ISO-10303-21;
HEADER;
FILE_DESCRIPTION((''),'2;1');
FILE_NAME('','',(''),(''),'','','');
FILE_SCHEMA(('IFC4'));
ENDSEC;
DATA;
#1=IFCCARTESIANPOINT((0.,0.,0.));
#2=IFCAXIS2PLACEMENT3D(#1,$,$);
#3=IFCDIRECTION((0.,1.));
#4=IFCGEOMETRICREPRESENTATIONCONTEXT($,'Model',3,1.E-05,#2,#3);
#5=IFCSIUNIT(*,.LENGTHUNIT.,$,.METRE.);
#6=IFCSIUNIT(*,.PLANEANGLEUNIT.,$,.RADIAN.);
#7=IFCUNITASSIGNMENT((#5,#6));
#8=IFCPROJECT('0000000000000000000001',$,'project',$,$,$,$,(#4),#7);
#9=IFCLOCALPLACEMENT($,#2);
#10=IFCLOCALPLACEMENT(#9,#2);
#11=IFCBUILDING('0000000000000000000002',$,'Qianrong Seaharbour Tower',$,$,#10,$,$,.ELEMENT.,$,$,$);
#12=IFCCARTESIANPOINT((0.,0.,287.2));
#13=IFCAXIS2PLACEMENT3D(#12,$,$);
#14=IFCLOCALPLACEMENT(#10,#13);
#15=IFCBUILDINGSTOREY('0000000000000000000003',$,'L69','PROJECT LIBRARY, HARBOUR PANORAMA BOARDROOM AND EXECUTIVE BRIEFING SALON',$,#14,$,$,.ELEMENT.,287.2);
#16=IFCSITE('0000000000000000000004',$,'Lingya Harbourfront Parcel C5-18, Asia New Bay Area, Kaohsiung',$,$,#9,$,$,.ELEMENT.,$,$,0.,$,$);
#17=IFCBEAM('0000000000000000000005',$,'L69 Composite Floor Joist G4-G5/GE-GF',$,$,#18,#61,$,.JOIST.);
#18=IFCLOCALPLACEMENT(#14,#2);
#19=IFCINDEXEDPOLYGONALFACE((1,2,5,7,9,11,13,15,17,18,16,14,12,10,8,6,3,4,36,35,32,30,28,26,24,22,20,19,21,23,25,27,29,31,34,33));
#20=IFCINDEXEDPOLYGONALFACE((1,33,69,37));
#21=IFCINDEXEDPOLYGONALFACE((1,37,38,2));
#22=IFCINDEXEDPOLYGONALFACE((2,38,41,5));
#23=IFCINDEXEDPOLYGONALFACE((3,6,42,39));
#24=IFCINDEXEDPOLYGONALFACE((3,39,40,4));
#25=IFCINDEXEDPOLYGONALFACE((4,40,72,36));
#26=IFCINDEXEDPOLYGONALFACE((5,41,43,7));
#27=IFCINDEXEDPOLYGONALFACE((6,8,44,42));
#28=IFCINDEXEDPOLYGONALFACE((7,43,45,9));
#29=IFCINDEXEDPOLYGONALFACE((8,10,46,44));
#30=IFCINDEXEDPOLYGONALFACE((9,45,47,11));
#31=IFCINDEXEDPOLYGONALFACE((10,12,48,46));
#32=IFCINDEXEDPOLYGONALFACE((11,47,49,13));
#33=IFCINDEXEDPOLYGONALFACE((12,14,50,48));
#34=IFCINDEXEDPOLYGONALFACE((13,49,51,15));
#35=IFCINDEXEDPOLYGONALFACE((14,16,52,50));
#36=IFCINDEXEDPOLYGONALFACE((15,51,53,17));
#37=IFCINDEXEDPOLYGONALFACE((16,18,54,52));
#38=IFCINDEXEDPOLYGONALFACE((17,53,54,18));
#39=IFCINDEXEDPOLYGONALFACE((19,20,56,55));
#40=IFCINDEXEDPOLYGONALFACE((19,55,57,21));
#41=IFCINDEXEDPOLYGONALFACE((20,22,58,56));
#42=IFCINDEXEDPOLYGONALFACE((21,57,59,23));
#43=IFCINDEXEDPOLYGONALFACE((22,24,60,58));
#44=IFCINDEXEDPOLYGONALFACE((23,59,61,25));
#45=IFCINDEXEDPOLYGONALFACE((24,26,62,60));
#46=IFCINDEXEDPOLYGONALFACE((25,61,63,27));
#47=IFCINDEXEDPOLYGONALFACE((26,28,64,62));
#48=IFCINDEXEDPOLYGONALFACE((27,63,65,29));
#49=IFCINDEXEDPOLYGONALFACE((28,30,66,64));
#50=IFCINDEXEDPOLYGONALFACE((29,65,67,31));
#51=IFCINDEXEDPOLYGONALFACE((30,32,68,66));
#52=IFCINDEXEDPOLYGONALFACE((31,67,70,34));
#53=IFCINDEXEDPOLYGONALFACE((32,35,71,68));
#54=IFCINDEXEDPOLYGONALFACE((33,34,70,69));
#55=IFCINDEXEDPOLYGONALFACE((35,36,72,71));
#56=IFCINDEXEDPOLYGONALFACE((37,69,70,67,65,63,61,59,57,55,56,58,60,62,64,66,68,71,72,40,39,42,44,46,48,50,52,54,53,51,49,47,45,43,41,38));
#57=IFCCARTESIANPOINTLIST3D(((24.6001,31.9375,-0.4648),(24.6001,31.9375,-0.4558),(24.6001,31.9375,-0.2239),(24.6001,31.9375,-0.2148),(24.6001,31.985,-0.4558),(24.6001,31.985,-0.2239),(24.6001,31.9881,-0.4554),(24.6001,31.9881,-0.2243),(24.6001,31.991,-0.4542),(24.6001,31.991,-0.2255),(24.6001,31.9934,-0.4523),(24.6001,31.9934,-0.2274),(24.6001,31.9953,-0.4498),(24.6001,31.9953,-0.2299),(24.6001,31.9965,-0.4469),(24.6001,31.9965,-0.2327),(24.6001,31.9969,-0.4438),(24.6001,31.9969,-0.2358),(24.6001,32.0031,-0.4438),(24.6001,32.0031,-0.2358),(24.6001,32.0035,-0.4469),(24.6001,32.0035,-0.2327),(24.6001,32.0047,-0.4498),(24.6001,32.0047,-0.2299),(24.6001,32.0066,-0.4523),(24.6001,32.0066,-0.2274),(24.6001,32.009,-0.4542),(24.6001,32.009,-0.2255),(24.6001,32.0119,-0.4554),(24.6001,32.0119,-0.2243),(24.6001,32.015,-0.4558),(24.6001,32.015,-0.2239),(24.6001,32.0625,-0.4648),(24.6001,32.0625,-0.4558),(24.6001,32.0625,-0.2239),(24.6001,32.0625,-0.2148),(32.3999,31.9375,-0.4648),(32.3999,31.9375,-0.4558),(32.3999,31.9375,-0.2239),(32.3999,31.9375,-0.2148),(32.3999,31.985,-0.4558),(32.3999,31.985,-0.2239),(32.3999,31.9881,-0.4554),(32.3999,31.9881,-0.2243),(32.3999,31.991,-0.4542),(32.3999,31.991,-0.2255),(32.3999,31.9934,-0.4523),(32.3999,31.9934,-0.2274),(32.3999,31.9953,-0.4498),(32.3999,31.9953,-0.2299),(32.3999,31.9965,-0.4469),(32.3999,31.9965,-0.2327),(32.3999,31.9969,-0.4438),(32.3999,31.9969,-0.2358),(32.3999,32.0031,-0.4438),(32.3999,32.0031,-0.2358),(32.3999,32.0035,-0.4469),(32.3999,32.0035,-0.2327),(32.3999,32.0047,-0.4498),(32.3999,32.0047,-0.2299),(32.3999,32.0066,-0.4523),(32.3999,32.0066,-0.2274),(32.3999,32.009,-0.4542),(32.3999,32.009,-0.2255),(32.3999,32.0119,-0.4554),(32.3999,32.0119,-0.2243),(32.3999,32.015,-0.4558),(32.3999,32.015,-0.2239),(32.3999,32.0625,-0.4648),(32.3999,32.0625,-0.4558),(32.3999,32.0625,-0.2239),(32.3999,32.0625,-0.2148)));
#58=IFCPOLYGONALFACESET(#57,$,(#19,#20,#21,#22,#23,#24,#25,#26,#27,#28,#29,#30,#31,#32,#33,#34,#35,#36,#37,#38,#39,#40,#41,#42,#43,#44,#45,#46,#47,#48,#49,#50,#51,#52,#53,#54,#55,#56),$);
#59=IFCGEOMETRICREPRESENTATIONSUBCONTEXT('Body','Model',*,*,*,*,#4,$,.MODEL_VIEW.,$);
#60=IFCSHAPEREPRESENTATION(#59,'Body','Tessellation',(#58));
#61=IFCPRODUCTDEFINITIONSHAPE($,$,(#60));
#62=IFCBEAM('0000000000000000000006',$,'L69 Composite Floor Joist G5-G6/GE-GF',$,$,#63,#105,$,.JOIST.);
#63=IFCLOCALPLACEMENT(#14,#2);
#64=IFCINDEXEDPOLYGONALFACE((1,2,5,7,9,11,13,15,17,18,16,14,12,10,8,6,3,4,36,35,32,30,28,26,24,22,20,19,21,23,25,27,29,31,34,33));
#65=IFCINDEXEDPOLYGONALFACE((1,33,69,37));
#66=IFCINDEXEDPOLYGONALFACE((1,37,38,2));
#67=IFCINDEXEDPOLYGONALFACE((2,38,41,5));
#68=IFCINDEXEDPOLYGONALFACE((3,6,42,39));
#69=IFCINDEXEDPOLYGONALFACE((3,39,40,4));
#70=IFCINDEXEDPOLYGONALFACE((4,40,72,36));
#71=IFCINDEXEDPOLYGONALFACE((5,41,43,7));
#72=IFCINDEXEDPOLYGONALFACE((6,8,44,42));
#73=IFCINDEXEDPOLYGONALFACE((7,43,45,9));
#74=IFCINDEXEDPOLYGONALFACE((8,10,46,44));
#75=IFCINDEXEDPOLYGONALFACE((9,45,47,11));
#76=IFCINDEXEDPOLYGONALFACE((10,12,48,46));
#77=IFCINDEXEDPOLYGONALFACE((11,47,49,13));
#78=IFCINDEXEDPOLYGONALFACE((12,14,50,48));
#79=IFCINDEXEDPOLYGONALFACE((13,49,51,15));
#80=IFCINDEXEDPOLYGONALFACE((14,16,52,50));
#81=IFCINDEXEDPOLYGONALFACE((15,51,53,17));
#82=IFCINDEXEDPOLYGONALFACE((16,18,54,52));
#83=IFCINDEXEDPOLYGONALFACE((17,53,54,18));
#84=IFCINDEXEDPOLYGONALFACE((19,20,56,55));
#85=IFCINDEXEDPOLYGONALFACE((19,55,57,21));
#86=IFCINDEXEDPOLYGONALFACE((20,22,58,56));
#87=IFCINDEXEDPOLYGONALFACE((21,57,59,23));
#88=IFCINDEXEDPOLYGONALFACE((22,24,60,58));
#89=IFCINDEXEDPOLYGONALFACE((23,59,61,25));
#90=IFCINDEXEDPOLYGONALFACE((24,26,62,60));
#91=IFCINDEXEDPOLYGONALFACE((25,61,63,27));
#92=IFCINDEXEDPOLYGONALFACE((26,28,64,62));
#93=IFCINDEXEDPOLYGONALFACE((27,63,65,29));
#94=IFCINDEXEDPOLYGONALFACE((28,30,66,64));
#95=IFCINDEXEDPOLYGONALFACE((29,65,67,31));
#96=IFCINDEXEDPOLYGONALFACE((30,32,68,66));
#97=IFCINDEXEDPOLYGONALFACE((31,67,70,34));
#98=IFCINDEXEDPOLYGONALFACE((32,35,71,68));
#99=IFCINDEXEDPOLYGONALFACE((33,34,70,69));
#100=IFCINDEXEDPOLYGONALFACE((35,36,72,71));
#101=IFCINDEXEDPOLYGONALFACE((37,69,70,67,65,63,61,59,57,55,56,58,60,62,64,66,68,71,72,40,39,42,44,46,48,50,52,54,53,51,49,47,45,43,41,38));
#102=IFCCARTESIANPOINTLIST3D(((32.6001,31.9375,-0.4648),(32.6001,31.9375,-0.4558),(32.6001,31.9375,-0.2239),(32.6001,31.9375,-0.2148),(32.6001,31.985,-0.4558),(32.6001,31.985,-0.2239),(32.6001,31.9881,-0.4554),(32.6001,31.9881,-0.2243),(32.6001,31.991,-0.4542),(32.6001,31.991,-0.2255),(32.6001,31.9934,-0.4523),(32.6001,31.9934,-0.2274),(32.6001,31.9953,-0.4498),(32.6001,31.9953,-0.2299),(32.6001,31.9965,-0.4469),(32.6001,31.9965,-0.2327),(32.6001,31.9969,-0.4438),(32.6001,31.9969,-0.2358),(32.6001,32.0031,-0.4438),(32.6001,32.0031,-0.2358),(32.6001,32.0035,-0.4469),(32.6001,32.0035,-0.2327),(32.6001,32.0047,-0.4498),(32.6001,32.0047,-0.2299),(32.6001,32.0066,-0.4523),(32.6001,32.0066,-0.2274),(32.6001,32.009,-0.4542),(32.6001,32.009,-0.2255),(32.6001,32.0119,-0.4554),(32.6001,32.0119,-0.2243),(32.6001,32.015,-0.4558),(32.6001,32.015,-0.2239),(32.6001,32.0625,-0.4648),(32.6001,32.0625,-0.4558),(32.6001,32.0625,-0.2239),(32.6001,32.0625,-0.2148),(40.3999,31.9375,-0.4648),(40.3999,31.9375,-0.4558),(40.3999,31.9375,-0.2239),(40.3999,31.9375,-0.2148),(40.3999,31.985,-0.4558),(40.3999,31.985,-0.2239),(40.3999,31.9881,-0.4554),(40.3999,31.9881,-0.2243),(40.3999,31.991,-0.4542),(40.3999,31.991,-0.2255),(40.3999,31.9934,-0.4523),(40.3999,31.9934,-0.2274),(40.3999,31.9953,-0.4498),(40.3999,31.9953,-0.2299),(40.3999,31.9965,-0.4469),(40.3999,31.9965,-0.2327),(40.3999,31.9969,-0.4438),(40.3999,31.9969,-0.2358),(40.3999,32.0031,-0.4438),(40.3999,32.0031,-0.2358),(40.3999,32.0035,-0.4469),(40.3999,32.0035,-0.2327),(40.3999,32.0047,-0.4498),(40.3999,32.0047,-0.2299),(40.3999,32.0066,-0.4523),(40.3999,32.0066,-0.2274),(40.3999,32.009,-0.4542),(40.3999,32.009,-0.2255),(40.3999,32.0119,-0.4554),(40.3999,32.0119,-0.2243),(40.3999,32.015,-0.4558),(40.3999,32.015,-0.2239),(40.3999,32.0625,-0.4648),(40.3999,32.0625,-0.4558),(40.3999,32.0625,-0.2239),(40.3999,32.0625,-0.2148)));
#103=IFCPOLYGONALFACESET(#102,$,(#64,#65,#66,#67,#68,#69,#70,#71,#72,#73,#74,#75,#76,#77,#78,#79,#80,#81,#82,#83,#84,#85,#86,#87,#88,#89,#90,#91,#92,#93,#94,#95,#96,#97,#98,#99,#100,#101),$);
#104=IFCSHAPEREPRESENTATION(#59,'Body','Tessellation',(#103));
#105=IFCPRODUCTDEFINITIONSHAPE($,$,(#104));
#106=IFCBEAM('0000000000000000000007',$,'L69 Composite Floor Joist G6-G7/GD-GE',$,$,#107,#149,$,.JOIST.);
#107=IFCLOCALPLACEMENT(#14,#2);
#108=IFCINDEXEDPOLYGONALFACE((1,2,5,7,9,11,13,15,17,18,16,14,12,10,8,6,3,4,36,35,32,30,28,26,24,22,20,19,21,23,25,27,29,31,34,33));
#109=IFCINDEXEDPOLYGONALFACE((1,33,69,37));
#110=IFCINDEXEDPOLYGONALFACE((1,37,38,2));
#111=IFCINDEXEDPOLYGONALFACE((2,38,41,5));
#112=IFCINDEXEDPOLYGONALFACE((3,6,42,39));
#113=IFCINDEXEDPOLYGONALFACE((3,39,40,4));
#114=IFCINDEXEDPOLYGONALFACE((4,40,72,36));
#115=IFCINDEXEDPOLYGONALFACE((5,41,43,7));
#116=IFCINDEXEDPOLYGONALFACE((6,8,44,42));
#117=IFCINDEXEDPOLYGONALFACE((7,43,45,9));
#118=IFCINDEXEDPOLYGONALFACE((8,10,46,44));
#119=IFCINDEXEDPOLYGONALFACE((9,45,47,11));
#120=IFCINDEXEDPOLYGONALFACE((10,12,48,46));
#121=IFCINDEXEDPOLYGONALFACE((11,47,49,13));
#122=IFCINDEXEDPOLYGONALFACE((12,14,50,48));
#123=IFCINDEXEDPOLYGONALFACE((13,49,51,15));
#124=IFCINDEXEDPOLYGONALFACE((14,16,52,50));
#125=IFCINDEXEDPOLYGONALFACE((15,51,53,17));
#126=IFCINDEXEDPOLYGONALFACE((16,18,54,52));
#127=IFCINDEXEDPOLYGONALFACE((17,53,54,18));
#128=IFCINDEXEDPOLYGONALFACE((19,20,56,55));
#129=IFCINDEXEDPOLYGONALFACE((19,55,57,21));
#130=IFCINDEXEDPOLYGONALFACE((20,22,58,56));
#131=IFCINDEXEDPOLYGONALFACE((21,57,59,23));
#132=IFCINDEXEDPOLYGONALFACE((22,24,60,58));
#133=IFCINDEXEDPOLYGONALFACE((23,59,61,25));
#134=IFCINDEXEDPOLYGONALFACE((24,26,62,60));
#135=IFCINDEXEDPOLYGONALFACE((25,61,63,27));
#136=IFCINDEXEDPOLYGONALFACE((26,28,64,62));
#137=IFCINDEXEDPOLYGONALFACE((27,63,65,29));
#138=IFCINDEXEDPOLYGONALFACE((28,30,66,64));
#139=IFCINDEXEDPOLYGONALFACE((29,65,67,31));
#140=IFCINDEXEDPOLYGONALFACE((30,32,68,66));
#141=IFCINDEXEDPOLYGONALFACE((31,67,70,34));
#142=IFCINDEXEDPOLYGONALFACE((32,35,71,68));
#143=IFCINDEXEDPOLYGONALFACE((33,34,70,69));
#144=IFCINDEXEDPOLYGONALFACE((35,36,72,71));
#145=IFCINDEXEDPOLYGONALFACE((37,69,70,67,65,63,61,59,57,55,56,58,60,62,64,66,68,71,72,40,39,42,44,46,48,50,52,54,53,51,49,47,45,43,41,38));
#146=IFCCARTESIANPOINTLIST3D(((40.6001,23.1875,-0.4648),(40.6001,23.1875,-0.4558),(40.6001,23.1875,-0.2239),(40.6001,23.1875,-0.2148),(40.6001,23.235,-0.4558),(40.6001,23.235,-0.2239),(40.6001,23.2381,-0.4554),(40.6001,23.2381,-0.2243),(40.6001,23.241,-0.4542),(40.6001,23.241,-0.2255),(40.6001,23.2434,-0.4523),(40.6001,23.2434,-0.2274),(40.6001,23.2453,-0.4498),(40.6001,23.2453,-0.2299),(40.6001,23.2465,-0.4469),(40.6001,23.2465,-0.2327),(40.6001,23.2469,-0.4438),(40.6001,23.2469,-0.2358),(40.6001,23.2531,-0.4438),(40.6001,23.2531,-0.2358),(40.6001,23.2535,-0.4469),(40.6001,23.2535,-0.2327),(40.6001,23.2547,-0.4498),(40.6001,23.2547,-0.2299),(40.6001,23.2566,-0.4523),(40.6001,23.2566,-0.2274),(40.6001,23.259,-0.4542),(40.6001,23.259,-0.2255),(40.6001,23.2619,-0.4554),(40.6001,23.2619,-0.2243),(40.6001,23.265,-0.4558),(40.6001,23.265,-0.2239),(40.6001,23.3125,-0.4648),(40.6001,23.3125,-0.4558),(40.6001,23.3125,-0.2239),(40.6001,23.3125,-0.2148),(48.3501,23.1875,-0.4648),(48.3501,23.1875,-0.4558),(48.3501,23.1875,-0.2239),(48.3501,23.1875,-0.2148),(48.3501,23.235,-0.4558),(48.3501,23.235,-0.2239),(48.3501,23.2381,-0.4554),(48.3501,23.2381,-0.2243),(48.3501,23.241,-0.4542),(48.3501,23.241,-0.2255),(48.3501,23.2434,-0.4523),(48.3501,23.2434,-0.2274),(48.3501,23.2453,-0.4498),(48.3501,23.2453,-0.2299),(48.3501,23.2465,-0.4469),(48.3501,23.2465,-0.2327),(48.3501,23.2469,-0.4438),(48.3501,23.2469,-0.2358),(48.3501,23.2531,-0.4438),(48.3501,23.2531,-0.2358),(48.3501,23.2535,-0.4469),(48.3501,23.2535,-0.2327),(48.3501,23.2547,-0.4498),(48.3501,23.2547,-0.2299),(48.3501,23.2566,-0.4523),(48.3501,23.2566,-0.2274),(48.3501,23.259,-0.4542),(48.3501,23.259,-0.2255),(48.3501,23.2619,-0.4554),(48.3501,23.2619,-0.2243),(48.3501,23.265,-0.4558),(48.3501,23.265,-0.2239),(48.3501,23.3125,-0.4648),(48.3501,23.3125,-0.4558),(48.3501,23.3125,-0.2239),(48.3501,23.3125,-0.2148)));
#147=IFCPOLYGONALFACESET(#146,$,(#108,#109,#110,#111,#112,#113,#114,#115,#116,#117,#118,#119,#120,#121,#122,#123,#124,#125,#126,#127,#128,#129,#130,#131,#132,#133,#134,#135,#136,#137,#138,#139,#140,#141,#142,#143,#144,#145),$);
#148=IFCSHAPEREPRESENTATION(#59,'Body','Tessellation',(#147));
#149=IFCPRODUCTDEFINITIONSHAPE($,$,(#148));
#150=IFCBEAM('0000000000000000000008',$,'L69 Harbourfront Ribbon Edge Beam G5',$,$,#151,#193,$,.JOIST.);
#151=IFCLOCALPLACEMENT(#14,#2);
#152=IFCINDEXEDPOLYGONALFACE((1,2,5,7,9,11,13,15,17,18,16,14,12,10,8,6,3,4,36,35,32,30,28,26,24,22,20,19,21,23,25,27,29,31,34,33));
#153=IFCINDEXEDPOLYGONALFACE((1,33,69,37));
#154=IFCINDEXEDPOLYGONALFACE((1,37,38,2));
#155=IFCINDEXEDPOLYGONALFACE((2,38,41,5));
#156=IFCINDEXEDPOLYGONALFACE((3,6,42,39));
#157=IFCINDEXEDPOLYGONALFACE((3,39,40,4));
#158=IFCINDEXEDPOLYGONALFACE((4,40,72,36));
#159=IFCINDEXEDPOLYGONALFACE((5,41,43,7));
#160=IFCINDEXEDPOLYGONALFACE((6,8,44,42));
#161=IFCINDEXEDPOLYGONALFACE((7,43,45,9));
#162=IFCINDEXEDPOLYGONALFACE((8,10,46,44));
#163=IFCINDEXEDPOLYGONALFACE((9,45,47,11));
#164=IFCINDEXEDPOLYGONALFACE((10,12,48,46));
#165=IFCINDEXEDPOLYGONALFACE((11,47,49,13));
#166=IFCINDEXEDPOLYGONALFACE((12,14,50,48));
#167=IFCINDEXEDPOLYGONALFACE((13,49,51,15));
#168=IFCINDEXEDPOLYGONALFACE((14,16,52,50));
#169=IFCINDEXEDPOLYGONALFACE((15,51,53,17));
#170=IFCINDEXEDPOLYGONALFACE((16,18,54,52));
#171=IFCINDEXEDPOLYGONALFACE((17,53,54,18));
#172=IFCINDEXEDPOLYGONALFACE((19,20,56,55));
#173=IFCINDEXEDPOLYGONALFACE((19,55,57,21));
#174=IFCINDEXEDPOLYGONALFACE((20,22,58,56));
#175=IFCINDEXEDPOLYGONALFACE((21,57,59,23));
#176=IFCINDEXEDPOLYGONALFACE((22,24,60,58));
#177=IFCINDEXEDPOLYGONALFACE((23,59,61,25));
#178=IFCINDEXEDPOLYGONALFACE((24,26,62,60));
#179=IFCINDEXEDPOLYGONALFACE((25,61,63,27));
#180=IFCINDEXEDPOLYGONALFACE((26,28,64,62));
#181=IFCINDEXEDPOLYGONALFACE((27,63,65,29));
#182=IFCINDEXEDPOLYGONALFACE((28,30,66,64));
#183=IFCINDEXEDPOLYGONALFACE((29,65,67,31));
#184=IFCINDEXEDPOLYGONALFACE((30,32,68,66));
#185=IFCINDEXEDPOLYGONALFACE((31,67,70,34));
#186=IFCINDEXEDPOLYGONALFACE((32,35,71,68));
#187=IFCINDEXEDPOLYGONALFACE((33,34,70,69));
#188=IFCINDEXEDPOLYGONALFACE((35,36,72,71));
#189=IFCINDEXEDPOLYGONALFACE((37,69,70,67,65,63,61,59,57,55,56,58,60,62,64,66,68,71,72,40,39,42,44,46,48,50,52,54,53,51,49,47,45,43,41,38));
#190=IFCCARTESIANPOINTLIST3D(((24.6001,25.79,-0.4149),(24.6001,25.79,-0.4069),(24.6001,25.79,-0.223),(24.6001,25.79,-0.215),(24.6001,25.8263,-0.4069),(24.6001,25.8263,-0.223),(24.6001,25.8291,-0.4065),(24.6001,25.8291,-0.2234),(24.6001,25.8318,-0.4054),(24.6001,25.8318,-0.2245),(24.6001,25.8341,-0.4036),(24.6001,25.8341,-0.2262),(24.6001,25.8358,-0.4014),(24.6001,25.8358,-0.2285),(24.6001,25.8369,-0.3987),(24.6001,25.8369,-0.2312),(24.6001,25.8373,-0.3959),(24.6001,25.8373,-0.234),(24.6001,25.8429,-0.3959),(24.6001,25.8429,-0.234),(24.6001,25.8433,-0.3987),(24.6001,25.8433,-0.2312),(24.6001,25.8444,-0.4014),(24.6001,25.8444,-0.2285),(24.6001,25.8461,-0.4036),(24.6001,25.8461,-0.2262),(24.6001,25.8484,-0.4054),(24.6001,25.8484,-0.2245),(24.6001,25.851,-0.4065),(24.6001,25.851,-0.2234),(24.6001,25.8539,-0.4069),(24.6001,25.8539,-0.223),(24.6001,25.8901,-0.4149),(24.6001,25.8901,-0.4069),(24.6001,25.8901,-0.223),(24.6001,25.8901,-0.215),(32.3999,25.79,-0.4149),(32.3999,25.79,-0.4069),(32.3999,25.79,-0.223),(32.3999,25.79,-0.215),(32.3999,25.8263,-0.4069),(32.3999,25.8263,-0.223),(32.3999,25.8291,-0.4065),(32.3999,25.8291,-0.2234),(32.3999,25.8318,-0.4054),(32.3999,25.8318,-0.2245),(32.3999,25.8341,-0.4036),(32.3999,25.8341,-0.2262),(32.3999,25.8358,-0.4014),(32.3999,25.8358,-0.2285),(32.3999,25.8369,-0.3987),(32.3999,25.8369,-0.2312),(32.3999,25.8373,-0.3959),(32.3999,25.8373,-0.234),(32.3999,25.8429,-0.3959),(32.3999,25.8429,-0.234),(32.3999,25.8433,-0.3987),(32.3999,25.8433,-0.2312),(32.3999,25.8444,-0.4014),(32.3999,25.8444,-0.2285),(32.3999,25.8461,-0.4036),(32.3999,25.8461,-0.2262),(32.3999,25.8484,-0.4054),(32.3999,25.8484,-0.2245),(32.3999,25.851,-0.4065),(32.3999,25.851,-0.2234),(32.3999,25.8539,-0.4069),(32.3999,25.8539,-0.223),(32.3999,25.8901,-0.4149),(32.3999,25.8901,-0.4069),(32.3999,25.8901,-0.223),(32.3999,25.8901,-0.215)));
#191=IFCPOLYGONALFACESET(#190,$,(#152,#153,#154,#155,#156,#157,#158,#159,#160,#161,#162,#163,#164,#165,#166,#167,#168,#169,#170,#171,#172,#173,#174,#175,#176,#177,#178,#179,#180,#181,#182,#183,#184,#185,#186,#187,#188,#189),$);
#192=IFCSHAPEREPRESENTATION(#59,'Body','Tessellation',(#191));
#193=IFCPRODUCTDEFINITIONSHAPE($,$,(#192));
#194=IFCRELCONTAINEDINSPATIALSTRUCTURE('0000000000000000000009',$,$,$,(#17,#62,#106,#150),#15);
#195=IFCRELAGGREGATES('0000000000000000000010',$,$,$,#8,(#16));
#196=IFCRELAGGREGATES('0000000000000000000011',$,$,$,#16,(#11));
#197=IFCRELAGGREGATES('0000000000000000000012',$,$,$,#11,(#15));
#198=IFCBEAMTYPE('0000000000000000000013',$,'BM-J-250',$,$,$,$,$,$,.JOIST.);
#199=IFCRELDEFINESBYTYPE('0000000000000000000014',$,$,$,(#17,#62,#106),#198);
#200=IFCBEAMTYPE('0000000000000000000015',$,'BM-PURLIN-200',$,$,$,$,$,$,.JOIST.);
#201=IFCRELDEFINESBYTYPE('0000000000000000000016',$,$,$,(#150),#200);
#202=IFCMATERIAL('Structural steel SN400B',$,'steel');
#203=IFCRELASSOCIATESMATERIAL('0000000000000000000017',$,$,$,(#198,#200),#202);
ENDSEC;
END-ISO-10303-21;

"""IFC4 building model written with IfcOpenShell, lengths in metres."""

from ifc_helpers import new_model, si_unit, direction, frame, origin, origin_2d, place, context, subcontext, project, spatial, i_section, extrude, material, material_profile, profile_set, type_object, element, save


model = new_model("IFC4")

# Units and contexts
model_context = context("Model", 3, precision=1e-05, world=origin(), true_north=direction((0.0, 1.0)))
body_context = subcontext(model_context, "Body", "Model", "MODEL_VIEW")
ifc_project = project(units=[si_unit("LENGTHUNIT", "METRE"), si_unit("PLANEANGLEUNIT", "RADIAN")], contexts=[model_context])

# Site, building, storey
site_placement = place(None, origin())
site = spatial("IfcSite", under=ifc_project, at=site_placement, Name="Lingya Harbourfront Parcel C5-18, Asia New Bay Area, Kaohsiung", CompositionType="ELEMENT", RefElevation=0.0)
building_placement = place(site_placement, origin())
building = spatial("IfcBuilding", under=site, at=building_placement, Name="Qianrong Seaharbour Tower", CompositionType="ELEMENT")
storey_placement = place(building_placement, frame((0.0, 0.0, 287.2)))
storey = spatial("IfcBuildingStorey", under=building, at=storey_placement, Name="L69", Description="PROJECT LIBRARY, HARBOUR PANORAMA BOARDROOM AND EXECUTIVE BRIEFING SALON", CompositionType="ELEMENT", Elevation=287.2)

# Shared definitions
ifc_material_1 = material(Name="Structural steel SN400B", Category="steel")

# Beams
ifc_material_profile_1 = material_profile(ifc_material_1, i_section(OverallWidth=0.125, OverallDepth=0.25, WebThickness=0.0061, FlangeThickness=0.009, FilletRadius=0.012, at=origin_2d()), Name="H250x125x6x9")
ifc_profile_set_1 = profile_set([ifc_material_profile_1], Name="Structural steel SN400B")
beam_type_1 = type_object("IfcBeamType", Name="BM-J-250", PredefinedType="JOIST", material=ifc_profile_set_1)
for number, where, z_axis, x_axis, name in (
    (1, (24.6001, 32.0, -0.3398), (1.0, 0.0, 0.0), (0.0, 1.0, 0.0), "L69 Composite Floor Joist G4-G5/GE-GF"),
    (2, (32.6001, 32.0, -0.3398), (1.0, 0.0, 0.0), (0.0, 1.0, 0.0), "L69 Composite Floor Joist G5-G6/GE-GF"),
):
    element("IfcBeam", number, at=place(storey_placement, frame(where, z_axis=z_axis, x_axis=x_axis)), inside=storey, type_object=beam_type_1, Name=name, PredefinedType="JOIST", context=body_context, shape_type="SweptSolid", body=[
        extrude(i_section(OverallWidth=0.125, OverallDepth=0.25, WebThickness=0.0061, FlangeThickness=0.009, FilletRadius=0.012, at=origin_2d()), origin(), (0.0, 0.0, 1.0), 7.7998),
    ])
beam_1_placement = place(storey_placement, frame((40.6001, 23.25, -0.3398), z_axis=(1.0, 0.0, 0.0), x_axis=(0.0, 1.0, 0.0)))
element("IfcBeam", 3, at=beam_1_placement, inside=storey, type_object=beam_type_1, Name="L69 Composite Floor Joist G6-G7/GD-GE", PredefinedType="JOIST", context=body_context, shape_type="SweptSolid", body=[
    extrude(i_section(OverallWidth=0.125, OverallDepth=0.25, WebThickness=0.0061, FlangeThickness=0.009, FilletRadius=0.012, at=origin_2d()), origin(), (0.0, 0.0, 1.0), 7.75),
])
ifc_material_profile_2 = material_profile(ifc_material_1, i_section(OverallWidth=0.1001, OverallDepth=0.2, WebThickness=0.0056, FlangeThickness=0.0081, FilletRadius=0.011, at=origin_2d()), Name="H200x100x5.5x8")
ifc_profile_set_2 = profile_set([ifc_material_profile_2], Name="Structural steel SN400B")
beam_type_2 = type_object("IfcBeamType", Name="BM-PURLIN-200", PredefinedType="JOIST", material=ifc_profile_set_2)
beam_2_placement = place(storey_placement, frame((24.6001, 25.8401, -0.3149), z_axis=(1.0, 0.0, 0.0), x_axis=(0.0, 1.0, 0.0)))
element("IfcBeam", 4, at=beam_2_placement, inside=storey, type_object=beam_type_2, Name="L69 Harbourfront Ribbon Edge Beam G5", PredefinedType="JOIST", context=body_context, shape_type="SweptSolid", body=[
    extrude(i_section(OverallWidth=0.1001, OverallDepth=0.2, WebThickness=0.0056, FlangeThickness=0.0081, FilletRadius=0.011, at=origin_2d()), origin(), (0.0, 0.0, 1.0), 7.7998),
])

save(model, "model.ifc")
